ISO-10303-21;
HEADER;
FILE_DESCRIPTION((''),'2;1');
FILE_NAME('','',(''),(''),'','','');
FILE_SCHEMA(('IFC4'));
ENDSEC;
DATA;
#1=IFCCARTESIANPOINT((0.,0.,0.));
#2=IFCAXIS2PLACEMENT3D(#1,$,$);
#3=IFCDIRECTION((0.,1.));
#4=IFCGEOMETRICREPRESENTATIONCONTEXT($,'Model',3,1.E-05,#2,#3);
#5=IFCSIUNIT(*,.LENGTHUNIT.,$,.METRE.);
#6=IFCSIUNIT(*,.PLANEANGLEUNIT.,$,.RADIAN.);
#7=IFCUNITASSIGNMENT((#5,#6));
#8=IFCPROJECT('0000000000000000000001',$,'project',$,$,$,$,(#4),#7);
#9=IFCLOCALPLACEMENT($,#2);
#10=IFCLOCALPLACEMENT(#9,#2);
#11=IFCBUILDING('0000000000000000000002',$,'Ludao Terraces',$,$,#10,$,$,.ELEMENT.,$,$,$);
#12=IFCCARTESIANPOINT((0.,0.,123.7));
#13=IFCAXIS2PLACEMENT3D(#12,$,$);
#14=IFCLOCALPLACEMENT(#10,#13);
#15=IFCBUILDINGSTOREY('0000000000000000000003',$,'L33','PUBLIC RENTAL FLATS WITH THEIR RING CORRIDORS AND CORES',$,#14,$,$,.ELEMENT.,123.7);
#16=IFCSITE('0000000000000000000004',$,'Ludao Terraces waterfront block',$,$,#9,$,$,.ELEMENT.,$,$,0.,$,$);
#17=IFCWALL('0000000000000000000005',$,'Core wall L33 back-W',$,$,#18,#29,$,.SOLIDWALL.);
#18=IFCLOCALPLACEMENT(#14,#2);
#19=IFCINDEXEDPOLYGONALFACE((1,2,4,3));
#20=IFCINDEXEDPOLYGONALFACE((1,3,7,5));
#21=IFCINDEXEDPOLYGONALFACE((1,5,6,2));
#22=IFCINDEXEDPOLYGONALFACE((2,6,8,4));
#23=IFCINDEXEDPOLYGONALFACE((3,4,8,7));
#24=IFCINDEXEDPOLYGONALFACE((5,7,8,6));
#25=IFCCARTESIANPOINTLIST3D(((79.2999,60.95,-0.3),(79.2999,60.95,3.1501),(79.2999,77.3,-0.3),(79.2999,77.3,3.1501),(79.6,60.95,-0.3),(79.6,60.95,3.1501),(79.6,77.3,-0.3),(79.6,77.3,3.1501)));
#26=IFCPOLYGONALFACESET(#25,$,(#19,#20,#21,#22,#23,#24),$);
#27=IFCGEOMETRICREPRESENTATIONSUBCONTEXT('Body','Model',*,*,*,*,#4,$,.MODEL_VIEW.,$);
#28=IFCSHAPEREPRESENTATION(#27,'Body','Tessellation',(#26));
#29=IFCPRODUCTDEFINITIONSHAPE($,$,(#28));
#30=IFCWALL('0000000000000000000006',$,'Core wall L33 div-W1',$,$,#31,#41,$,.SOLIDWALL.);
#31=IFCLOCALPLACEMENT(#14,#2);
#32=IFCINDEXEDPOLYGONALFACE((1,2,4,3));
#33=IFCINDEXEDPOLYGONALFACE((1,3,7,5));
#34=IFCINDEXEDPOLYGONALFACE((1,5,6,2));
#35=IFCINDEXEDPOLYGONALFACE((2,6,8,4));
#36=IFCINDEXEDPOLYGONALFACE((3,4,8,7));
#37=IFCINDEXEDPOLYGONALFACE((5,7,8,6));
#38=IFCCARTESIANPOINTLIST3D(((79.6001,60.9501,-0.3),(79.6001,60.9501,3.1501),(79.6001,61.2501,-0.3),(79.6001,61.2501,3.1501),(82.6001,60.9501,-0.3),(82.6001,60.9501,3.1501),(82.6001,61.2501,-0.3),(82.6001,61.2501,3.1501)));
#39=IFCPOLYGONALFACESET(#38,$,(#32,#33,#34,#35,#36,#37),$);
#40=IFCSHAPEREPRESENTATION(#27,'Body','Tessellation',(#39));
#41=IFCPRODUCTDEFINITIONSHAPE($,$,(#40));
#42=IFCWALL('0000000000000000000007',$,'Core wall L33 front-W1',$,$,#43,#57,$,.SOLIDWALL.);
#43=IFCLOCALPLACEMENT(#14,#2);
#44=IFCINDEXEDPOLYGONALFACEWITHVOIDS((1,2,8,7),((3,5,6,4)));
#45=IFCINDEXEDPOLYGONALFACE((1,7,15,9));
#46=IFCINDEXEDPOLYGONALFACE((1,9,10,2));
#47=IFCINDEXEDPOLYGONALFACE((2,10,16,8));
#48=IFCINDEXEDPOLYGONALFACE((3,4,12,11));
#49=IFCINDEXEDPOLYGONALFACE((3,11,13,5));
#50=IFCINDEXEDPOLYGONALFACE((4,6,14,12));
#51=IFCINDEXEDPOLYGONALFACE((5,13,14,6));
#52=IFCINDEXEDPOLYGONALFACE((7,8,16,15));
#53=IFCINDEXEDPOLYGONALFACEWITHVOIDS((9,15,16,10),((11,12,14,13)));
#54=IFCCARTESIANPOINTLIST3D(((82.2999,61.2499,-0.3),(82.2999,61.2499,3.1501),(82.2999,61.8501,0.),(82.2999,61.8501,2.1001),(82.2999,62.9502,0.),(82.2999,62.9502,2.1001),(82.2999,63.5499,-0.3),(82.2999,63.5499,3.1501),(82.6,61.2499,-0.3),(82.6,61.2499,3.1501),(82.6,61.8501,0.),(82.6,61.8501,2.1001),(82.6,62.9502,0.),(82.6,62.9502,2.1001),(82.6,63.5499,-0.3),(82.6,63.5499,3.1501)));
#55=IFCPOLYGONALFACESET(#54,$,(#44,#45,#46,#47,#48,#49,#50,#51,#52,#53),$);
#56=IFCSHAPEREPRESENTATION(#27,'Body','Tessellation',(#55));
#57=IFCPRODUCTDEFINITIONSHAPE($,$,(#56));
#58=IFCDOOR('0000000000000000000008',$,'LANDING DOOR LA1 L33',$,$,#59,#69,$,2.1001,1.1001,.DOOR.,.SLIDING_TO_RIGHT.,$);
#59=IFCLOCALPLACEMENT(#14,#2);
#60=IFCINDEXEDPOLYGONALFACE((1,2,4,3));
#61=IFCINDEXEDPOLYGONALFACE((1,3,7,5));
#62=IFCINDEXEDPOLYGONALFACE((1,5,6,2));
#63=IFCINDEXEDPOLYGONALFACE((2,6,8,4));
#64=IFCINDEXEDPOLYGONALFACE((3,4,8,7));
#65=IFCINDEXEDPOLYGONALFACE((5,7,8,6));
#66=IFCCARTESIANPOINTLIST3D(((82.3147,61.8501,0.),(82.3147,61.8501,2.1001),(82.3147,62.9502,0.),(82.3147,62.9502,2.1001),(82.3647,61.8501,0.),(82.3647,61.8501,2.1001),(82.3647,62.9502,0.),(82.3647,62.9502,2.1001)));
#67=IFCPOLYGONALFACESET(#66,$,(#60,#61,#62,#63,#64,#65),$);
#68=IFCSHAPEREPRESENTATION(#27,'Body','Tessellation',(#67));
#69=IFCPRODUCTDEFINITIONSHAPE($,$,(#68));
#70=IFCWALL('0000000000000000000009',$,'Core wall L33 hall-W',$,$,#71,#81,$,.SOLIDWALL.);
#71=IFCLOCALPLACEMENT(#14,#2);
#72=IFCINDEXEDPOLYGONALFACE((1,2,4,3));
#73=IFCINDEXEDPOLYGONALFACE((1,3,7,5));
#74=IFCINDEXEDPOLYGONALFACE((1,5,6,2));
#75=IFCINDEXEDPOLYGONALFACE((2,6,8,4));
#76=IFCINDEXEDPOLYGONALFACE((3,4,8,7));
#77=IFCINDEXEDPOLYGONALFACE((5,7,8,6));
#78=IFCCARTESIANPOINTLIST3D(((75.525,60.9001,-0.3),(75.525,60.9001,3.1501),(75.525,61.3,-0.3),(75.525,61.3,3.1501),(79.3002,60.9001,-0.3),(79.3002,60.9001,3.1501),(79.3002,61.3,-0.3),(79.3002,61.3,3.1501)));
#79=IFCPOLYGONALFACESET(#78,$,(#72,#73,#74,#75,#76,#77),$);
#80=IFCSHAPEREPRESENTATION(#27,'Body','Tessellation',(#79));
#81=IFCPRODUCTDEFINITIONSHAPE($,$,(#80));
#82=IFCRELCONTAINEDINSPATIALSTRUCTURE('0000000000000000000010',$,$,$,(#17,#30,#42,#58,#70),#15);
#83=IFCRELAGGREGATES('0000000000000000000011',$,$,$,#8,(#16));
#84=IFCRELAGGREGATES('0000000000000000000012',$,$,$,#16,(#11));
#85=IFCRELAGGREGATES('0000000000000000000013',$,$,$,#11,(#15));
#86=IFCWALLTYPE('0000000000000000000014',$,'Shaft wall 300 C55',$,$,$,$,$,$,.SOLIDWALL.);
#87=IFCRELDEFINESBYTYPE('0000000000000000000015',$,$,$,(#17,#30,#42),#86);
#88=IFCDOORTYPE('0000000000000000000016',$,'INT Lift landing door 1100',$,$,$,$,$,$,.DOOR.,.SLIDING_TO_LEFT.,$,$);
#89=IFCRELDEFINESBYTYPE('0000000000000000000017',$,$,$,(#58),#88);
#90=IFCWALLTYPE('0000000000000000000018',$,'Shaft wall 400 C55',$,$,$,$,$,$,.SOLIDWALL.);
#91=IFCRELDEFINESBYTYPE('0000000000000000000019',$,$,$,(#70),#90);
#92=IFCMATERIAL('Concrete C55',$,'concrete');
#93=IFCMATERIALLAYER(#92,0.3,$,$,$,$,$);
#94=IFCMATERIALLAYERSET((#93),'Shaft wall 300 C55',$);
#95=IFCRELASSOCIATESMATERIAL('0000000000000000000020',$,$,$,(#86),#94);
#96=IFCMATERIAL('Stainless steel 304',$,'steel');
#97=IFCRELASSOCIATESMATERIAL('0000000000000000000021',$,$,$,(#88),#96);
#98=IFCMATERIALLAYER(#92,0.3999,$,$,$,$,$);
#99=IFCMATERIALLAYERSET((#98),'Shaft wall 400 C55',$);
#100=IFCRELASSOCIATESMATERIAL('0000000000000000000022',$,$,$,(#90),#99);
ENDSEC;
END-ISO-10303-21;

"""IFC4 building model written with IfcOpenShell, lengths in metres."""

from ifc_helpers import new_model, si_unit, direction, frame, frame_2d, origin, place, context, subcontext, project, spatial, rectangle, extrude, material, layer, layer_set, type_object, element, fill, save


model = new_model("IFC4")

# Units and contexts
model_context = context("Model", 3, precision=1e-05, world=origin(), true_north=direction((0.0, 1.0)))
body_context = subcontext(model_context, "Body", "Model", "MODEL_VIEW")
ifc_project = project(units=[si_unit("LENGTHUNIT", "METRE"), si_unit("PLANEANGLEUNIT", "RADIAN")], contexts=[model_context])

# Site, building, storey
site_placement = place(None, origin())
site = spatial("IfcSite", under=ifc_project, at=site_placement, Name="Ludao Terraces waterfront block", CompositionType="ELEMENT", RefElevation=0.0)
building_placement = place(site_placement, origin())
building = spatial("IfcBuilding", under=site, at=building_placement, Name="Ludao Terraces", CompositionType="ELEMENT")
storey_placement = place(building_placement, frame((0.0, 0.0, 123.7)))
storey = spatial("IfcBuildingStorey", under=building, at=storey_placement, Name="L33", Description="PUBLIC RENTAL FLATS WITH THEIR RING CORRIDORS AND CORES", CompositionType="ELEMENT", Elevation=123.7)

# Walls
ifc_material_1 = material(Name="Concrete C55", Category="concrete")
ifc_layer_1 = layer(ifc_material_1, 0.3)
ifc_layer_set_1 = layer_set([ifc_layer_1], Name="Shaft wall 300 C55")
wall_type_1 = type_object("IfcWallType", Name="Shaft wall 300 C55", PredefinedType="SOLIDWALL", material=ifc_layer_set_1)
wall_1_placement = place(storey_placement, frame((79.45, 60.95, -0.3), z_axis=(0.0, 0.0, 1.0), x_axis=(0.0, 1.0, 0.0)))
element("IfcWall", 1, at=wall_1_placement, inside=storey, type_object=wall_type_1, Name="Core wall L33 back-W", PredefinedType="SOLIDWALL", context=body_context, shape_type="SweptSolid", body=[
    extrude(rectangle(XDim=16.3501, YDim=0.3, at=frame_2d((8.175, 0.0))), origin(), (0.0, 0.0, 1.0), 3.4502),
])
wall_2_placement = place(storey_placement, frame((79.6001, 61.1001, -0.3), z_axis=(0.0, 0.0, 1.0), x_axis=(1.0, 0.0, 0.0)))
element("IfcWall", 2, at=wall_2_placement, inside=storey, type_object=wall_type_1, Name="Core wall L33 div-W1", PredefinedType="SOLIDWALL", context=body_context, shape_type="SweptSolid", body=[
    extrude(rectangle(XDim=3.0, YDim=0.3, at=frame_2d((1.5, 0.0))), origin(), (0.0, 0.0, 1.0), 3.4502),
])

# Wall, opening, door
wall_3_placement = place(storey_placement, frame((82.45, 61.25, -0.3), z_axis=(0.0, 0.0, 1.0), x_axis=(0.0, 1.0, 0.0)))
wall_3 = element("IfcWall", 3, at=wall_3_placement, inside=storey, type_object=wall_type_1, Name="Core wall L33 front-W1", PredefinedType="SOLIDWALL", context=body_context, shape_type="SweptSolid", body=[
    extrude(rectangle(XDim=2.3, YDim=0.3, at=frame_2d((1.1499, 0.0))), origin(), (0.0, 0.0, 1.0), 3.4502),
])
opening_1_placement = place(wall_3_placement, frame((0.6001, 0.0, 0.3)))
opening_1 = element("IfcOpeningElement", 4, at=opening_1_placement, cuts=wall_3, PredefinedType="OPENING", context=body_context, shape_type="SweptSolid", body=[
    extrude(rectangle(XDim=1.1001, YDim=2.1001, at=frame_2d((0.55, 1.05))), frame((0.0, 0.1602, 0.0), z_axis=(0.0, -1.0, 0.0), x_axis=(1.0, 0.0, 0.0)), (0.0, 0.0, 1.0), 0.3201),
])
ifc_material_2 = material(Name="Stainless steel 304", Category="steel")
door_type_1 = type_object("IfcDoorType", Name="INT Lift landing door 1100", OperationType="SLIDING_TO_LEFT", PredefinedType="DOOR", material=ifc_material_2)
door_1_placement = place(opening_1_placement, origin())
door_1 = element("IfcDoor", 5, at=door_1_placement, inside=storey, type_object=door_type_1, Name="LANDING DOOR LA1 L33", OperationType="SLIDING_TO_RIGHT", OverallHeight=2.1001, OverallWidth=1.1001, PredefinedType="DOOR", context=body_context, shape_type="SweptSolid", body=[
    extrude(rectangle(XDim=1.1001, YDim=2.1001, at=frame_2d((0.55, 1.05))), frame((0.0, 0.1353, 0.0), z_axis=(0.0, -1.0, 0.0), x_axis=(1.0, 0.0, 0.0)), (0.0, 0.0, 1.0), 0.05),
])
fill(opening_1, door_1)

# Wall
ifc_layer_2 = layer(ifc_material_1, 0.3999)
ifc_layer_set_2 = layer_set([ifc_layer_2], Name="Shaft wall 400 C55")
wall_type_2 = type_object("IfcWallType", Name="Shaft wall 400 C55", PredefinedType="SOLIDWALL", material=ifc_layer_set_2)
wall_4_placement = place(storey_placement, frame((75.5249, 61.1001, -0.3), z_axis=(0.0, 0.0, 1.0), x_axis=(1.0, 0.0, 0.0)))
element("IfcWall", 6, at=wall_4_placement, inside=storey, type_object=wall_type_2, Name="Core wall L33 hall-W", PredefinedType="SOLIDWALL", context=body_context, shape_type="SweptSolid", body=[
    extrude(rectangle(XDim=3.7751, YDim=0.3999, at=frame_2d((1.8877, 0.0))), origin(), (0.0, 0.0, 1.0), 3.4502),
])

save(model, "model.ifc")
